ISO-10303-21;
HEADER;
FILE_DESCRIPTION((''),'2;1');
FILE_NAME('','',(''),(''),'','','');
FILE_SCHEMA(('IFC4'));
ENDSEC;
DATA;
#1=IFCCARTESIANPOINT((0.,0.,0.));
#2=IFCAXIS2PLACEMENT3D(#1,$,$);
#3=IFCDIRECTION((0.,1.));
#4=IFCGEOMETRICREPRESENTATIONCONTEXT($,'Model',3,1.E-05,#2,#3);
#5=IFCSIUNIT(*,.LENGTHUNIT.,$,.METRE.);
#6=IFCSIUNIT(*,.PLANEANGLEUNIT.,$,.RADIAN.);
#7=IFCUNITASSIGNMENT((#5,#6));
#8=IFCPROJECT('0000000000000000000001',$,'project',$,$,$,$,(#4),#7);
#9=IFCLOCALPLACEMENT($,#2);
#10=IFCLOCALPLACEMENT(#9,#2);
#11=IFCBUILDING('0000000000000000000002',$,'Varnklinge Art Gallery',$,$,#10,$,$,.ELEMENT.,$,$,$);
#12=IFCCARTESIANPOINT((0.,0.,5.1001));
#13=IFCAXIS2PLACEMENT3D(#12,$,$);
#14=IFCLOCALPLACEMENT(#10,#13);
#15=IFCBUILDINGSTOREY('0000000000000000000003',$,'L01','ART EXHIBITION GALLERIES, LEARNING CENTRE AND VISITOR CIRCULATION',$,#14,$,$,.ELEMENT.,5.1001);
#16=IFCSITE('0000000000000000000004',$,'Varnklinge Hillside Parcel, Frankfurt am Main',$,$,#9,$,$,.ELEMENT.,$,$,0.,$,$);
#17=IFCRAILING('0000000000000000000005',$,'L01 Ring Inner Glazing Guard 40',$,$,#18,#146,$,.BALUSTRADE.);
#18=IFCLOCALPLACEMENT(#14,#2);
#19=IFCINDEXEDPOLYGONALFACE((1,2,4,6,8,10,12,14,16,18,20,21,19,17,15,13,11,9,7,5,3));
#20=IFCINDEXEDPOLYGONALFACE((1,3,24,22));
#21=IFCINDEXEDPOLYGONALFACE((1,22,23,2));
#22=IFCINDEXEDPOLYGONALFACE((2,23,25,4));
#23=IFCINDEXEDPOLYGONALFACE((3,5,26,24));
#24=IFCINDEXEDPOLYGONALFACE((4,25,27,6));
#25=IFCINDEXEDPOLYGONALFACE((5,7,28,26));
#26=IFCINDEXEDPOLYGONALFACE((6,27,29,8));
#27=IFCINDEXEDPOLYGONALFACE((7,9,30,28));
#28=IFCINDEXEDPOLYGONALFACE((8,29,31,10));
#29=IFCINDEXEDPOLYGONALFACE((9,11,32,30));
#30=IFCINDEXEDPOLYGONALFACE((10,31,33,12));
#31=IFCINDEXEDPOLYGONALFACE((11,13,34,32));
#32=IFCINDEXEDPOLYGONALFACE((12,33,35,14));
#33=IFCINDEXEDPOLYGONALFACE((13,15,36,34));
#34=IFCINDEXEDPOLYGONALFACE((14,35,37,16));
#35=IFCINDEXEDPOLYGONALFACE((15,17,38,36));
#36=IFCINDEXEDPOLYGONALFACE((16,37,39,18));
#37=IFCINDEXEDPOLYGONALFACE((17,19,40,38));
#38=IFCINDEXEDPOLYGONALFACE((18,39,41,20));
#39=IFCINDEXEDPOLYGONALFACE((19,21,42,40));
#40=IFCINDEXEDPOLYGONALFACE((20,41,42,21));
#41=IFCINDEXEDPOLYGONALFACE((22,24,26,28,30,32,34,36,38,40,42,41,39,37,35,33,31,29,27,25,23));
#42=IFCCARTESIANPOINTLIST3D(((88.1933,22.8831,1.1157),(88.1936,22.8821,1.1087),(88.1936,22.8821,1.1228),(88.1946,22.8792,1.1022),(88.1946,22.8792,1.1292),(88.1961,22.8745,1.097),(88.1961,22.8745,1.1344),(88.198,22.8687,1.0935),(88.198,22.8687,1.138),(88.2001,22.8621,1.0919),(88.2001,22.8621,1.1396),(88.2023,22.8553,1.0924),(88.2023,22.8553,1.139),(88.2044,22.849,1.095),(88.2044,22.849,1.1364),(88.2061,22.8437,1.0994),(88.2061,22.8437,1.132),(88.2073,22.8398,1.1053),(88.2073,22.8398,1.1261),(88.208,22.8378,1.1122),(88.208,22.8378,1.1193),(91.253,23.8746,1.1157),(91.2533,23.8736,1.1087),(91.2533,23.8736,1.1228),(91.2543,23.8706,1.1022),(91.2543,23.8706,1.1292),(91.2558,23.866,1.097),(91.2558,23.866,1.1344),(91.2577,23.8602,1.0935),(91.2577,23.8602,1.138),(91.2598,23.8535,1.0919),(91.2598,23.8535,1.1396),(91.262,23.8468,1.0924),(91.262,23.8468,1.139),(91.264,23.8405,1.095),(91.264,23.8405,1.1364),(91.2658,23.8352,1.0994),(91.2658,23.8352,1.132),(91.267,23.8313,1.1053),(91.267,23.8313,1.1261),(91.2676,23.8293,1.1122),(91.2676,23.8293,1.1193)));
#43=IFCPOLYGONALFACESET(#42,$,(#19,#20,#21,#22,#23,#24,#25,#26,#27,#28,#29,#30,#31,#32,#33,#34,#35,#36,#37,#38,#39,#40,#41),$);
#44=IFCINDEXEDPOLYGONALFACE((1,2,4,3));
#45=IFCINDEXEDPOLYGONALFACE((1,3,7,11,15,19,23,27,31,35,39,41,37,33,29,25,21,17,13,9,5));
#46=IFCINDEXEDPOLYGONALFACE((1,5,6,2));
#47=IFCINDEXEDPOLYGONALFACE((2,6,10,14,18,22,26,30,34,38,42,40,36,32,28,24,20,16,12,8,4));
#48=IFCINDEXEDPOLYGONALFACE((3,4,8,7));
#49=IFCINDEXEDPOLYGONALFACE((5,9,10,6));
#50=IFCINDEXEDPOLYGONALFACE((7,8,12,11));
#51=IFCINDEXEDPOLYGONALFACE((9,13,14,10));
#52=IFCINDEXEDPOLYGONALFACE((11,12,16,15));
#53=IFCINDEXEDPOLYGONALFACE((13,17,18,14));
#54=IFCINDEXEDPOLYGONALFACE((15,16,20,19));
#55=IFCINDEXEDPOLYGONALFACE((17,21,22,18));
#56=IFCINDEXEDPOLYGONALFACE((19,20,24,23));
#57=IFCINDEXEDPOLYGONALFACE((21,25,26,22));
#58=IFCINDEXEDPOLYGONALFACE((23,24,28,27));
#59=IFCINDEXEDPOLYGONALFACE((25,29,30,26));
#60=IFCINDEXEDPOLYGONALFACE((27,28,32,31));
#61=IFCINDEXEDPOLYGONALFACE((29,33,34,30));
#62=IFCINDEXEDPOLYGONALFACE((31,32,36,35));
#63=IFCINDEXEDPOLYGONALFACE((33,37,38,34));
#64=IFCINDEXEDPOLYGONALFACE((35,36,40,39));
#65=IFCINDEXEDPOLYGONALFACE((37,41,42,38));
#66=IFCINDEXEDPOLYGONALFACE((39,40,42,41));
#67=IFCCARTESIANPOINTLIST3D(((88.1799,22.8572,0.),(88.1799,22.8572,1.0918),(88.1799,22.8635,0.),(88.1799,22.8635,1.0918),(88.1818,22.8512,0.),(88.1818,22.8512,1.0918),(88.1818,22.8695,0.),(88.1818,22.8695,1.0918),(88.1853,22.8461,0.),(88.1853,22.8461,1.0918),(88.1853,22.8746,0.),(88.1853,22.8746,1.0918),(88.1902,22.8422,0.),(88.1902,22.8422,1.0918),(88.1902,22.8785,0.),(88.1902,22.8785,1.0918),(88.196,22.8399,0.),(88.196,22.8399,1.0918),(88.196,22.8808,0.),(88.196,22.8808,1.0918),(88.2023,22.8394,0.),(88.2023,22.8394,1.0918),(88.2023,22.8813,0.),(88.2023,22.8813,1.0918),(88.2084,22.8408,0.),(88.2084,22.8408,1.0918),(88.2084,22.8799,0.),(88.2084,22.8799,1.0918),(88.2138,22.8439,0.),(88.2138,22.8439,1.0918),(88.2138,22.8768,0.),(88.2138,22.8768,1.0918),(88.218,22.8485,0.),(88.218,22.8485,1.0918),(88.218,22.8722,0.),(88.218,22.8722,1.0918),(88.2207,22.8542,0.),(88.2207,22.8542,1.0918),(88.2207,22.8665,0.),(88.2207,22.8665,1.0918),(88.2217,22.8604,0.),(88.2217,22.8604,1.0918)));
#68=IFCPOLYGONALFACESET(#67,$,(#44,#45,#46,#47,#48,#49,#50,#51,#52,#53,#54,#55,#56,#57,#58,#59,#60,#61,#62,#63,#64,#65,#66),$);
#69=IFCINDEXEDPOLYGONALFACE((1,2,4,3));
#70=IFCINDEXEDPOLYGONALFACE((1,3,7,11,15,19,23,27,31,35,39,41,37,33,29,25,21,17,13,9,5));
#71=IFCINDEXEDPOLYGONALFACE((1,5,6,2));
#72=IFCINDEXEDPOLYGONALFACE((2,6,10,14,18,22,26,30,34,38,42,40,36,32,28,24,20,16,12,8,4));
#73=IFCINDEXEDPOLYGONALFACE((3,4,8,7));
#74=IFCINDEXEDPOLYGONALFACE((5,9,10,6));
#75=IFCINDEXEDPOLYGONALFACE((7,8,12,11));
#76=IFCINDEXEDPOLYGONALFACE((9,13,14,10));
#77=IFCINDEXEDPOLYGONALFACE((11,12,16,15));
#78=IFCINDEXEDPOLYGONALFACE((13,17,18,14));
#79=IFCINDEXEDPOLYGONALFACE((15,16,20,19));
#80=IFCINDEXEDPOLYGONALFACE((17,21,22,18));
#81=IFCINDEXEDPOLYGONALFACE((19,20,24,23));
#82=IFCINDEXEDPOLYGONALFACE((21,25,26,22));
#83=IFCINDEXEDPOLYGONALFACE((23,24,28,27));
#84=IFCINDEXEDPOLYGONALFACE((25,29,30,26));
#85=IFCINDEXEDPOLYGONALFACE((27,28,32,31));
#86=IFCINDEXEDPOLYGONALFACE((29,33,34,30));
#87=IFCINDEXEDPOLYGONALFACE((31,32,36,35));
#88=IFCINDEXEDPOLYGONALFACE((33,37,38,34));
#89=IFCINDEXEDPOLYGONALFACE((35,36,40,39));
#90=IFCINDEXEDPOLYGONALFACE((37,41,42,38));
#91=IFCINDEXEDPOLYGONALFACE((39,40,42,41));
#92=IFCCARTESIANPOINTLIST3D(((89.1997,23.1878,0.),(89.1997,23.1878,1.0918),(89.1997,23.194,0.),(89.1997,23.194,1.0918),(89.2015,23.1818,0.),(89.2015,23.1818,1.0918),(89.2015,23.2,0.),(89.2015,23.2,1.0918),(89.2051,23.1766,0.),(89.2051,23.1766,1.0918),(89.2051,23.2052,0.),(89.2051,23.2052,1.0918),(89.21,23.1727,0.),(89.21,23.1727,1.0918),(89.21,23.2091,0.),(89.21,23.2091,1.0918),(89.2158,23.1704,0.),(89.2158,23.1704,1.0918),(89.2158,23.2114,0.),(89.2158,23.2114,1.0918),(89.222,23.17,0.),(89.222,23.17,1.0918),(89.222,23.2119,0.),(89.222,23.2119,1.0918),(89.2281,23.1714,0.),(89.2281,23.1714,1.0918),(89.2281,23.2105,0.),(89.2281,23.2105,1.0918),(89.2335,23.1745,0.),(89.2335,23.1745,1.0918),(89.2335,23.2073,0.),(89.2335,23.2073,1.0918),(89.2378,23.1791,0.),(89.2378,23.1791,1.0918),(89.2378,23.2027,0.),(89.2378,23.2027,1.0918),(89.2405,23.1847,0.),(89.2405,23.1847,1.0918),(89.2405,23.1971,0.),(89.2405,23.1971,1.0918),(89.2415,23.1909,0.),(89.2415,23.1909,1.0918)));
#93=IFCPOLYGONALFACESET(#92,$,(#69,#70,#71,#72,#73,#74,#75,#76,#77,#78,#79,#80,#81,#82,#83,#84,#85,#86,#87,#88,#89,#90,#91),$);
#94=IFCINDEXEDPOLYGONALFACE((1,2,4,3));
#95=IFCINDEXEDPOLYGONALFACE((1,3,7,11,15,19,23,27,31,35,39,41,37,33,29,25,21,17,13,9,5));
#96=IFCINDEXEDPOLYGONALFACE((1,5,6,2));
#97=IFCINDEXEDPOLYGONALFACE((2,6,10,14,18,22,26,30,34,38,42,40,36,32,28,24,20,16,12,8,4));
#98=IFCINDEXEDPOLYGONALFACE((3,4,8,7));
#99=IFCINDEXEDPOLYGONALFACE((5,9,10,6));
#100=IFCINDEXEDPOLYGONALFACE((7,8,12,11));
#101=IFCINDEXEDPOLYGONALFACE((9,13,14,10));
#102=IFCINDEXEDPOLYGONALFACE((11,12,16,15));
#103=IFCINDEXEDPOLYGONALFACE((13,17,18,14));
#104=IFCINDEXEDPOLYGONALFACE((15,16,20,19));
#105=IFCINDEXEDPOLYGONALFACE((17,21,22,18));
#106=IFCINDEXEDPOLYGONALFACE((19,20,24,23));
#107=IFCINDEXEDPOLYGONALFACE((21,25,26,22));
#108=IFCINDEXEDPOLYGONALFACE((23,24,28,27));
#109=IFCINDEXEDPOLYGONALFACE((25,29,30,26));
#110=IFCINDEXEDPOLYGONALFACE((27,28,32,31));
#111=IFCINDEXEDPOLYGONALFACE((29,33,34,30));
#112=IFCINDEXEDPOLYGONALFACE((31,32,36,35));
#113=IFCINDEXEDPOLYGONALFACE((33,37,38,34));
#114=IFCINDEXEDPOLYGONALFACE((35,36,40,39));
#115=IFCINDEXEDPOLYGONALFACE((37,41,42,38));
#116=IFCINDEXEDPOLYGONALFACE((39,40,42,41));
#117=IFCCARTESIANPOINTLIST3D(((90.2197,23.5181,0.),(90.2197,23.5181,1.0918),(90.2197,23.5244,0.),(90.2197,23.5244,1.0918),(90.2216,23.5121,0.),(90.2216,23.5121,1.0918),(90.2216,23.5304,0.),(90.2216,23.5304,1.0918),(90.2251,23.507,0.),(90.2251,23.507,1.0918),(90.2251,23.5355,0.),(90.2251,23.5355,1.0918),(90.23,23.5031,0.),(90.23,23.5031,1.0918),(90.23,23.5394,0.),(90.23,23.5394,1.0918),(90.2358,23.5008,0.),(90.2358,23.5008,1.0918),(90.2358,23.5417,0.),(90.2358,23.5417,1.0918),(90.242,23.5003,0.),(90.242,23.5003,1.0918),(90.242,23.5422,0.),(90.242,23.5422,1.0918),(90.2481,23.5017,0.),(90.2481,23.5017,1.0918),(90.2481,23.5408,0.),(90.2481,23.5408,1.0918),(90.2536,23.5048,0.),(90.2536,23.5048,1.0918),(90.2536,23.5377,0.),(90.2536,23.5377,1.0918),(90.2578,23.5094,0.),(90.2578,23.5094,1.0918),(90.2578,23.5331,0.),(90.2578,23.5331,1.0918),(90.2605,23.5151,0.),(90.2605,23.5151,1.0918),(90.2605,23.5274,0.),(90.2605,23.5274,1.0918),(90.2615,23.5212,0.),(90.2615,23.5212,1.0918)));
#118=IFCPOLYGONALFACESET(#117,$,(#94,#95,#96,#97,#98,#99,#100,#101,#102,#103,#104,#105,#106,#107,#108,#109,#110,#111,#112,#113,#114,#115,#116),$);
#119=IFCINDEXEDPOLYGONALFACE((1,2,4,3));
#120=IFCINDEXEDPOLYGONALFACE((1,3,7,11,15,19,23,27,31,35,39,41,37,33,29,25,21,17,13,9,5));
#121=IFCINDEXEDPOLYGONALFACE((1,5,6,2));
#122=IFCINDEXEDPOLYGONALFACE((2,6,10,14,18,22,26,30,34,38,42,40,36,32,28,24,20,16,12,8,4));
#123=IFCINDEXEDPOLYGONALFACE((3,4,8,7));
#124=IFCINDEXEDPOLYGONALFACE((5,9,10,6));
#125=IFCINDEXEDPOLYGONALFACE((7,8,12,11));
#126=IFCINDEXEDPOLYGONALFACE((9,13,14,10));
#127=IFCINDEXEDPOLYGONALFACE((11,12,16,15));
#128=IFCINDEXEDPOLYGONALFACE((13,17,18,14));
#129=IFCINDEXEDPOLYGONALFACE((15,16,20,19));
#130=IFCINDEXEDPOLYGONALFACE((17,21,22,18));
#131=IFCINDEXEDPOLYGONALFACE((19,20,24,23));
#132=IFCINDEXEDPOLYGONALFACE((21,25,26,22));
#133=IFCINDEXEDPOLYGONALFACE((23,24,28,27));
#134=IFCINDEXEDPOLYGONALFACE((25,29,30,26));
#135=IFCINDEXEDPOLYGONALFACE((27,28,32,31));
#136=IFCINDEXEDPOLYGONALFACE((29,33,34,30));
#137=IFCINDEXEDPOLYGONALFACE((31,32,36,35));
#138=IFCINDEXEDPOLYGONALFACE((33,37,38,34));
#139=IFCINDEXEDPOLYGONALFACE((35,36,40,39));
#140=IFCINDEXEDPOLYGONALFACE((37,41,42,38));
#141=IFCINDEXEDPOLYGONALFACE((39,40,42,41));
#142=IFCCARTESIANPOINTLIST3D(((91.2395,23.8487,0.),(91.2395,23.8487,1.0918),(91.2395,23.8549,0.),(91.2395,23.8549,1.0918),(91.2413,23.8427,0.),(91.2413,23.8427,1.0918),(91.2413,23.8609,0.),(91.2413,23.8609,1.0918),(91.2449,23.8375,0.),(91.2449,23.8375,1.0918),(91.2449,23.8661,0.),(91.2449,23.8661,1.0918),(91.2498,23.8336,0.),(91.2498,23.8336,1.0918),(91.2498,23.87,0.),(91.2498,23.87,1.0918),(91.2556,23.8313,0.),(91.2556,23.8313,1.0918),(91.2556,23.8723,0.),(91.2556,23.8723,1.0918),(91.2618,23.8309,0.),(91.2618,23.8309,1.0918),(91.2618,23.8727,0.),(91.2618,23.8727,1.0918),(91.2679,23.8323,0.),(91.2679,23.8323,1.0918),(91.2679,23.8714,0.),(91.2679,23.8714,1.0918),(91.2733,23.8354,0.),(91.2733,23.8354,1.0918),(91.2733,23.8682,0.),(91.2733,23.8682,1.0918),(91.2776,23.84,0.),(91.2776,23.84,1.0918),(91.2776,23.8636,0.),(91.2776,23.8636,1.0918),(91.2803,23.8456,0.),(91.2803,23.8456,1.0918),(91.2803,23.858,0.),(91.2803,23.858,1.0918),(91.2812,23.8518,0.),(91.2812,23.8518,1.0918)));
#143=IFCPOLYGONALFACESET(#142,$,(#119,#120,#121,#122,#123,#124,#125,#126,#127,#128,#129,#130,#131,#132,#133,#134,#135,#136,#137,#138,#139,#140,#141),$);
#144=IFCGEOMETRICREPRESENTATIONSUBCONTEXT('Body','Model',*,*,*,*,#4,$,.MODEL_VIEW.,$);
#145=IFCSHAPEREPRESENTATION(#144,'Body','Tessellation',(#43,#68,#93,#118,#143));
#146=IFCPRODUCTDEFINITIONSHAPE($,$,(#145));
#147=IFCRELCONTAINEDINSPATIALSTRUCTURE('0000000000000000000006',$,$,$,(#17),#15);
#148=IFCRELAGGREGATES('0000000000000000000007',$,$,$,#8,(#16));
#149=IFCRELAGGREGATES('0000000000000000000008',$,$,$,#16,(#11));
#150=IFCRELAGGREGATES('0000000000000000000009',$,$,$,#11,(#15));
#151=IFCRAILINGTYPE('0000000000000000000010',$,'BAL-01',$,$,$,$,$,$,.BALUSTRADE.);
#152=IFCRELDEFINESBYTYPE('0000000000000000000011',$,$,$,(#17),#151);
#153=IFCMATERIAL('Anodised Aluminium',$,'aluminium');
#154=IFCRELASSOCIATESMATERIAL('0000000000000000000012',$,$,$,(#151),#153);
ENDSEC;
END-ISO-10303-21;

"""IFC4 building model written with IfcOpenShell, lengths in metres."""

from ifc_helpers import new_model, si_unit, direction, frame, origin, origin_2d, place, context, subcontext, project, spatial, circle, extrude, material, type_object, element, save


model = new_model("IFC4")

# Units and contexts
model_context = context("Model", 3, precision=1e-05, world=origin(), true_north=direction((0.0, 1.0)))
body_context = subcontext(model_context, "Body", "Model", "MODEL_VIEW")
ifc_project = project(units=[si_unit("LENGTHUNIT", "METRE"), si_unit("PLANEANGLEUNIT", "RADIAN")], contexts=[model_context])

# Site, building, storey
site_placement = place(None, origin())
site = spatial("IfcSite", under=ifc_project, at=site_placement, Name="Varnklinge Hillside Parcel, Frankfurt am Main", CompositionType="ELEMENT", RefElevation=0.0)
building_placement = place(site_placement, origin())
building = spatial("IfcBuilding", under=site, at=building_placement, Name="Varnklinge Art Gallery", CompositionType="ELEMENT")
storey_placement = place(building_placement, frame((0.0, 0.0, 5.1001)))
storey = spatial("IfcBuildingStorey", under=building, at=storey_placement, Name="L01", Description="ART EXHIBITION GALLERIES, LEARNING CENTRE AND VISITOR CIRCULATION", CompositionType="ELEMENT", Elevation=5.1001)

# Railing
ifc_material_1 = material(Name="Anodised Aluminium", Category="aluminium")
railing_type = type_object("IfcRailingType", Name="BAL-01", PredefinedType="BALUSTRADE", material=ifc_material_1)
railing_1_placement = place(storey_placement, frame((88.2007, 22.8604, 0.0)))
element("IfcRailing", 1, at=railing_1_placement, inside=storey, type_object=railing_type, Name="L01 Ring Inner Glazing Guard 40", PredefinedType="BALUSTRADE", context=body_context, shape_type="SweptSolid", body=[
    extrude(circle(Radius=0.0239, at=origin_2d()), frame((0.0, 0.0, 1.1157), z_axis=(0.951299, 0.308269, 0.0), x_axis=(-0.308269, 0.951299, 0.0)), (0.0, 0.0, 1.0), 3.2163),
    extrude(circle(Radius=0.021, at=origin_2d()), origin(), (0.0, 0.0, 1.0), 1.0918),
    extrude(circle(Radius=0.021, at=origin_2d()), frame((1.0198, 0.3306, 0.0)), (0.0, 0.0, 1.0), 1.0918),
    extrude(circle(Radius=0.021, at=origin_2d()), frame((2.0398, 0.6609, 0.0)), (0.0, 0.0, 1.0), 1.0918),
    extrude(circle(Radius=0.021, at=origin_2d()), frame((3.0596, 0.9915, 0.0)), (0.0, 0.0, 1.0), 1.0918),
])

save(model, "model.ifc")
